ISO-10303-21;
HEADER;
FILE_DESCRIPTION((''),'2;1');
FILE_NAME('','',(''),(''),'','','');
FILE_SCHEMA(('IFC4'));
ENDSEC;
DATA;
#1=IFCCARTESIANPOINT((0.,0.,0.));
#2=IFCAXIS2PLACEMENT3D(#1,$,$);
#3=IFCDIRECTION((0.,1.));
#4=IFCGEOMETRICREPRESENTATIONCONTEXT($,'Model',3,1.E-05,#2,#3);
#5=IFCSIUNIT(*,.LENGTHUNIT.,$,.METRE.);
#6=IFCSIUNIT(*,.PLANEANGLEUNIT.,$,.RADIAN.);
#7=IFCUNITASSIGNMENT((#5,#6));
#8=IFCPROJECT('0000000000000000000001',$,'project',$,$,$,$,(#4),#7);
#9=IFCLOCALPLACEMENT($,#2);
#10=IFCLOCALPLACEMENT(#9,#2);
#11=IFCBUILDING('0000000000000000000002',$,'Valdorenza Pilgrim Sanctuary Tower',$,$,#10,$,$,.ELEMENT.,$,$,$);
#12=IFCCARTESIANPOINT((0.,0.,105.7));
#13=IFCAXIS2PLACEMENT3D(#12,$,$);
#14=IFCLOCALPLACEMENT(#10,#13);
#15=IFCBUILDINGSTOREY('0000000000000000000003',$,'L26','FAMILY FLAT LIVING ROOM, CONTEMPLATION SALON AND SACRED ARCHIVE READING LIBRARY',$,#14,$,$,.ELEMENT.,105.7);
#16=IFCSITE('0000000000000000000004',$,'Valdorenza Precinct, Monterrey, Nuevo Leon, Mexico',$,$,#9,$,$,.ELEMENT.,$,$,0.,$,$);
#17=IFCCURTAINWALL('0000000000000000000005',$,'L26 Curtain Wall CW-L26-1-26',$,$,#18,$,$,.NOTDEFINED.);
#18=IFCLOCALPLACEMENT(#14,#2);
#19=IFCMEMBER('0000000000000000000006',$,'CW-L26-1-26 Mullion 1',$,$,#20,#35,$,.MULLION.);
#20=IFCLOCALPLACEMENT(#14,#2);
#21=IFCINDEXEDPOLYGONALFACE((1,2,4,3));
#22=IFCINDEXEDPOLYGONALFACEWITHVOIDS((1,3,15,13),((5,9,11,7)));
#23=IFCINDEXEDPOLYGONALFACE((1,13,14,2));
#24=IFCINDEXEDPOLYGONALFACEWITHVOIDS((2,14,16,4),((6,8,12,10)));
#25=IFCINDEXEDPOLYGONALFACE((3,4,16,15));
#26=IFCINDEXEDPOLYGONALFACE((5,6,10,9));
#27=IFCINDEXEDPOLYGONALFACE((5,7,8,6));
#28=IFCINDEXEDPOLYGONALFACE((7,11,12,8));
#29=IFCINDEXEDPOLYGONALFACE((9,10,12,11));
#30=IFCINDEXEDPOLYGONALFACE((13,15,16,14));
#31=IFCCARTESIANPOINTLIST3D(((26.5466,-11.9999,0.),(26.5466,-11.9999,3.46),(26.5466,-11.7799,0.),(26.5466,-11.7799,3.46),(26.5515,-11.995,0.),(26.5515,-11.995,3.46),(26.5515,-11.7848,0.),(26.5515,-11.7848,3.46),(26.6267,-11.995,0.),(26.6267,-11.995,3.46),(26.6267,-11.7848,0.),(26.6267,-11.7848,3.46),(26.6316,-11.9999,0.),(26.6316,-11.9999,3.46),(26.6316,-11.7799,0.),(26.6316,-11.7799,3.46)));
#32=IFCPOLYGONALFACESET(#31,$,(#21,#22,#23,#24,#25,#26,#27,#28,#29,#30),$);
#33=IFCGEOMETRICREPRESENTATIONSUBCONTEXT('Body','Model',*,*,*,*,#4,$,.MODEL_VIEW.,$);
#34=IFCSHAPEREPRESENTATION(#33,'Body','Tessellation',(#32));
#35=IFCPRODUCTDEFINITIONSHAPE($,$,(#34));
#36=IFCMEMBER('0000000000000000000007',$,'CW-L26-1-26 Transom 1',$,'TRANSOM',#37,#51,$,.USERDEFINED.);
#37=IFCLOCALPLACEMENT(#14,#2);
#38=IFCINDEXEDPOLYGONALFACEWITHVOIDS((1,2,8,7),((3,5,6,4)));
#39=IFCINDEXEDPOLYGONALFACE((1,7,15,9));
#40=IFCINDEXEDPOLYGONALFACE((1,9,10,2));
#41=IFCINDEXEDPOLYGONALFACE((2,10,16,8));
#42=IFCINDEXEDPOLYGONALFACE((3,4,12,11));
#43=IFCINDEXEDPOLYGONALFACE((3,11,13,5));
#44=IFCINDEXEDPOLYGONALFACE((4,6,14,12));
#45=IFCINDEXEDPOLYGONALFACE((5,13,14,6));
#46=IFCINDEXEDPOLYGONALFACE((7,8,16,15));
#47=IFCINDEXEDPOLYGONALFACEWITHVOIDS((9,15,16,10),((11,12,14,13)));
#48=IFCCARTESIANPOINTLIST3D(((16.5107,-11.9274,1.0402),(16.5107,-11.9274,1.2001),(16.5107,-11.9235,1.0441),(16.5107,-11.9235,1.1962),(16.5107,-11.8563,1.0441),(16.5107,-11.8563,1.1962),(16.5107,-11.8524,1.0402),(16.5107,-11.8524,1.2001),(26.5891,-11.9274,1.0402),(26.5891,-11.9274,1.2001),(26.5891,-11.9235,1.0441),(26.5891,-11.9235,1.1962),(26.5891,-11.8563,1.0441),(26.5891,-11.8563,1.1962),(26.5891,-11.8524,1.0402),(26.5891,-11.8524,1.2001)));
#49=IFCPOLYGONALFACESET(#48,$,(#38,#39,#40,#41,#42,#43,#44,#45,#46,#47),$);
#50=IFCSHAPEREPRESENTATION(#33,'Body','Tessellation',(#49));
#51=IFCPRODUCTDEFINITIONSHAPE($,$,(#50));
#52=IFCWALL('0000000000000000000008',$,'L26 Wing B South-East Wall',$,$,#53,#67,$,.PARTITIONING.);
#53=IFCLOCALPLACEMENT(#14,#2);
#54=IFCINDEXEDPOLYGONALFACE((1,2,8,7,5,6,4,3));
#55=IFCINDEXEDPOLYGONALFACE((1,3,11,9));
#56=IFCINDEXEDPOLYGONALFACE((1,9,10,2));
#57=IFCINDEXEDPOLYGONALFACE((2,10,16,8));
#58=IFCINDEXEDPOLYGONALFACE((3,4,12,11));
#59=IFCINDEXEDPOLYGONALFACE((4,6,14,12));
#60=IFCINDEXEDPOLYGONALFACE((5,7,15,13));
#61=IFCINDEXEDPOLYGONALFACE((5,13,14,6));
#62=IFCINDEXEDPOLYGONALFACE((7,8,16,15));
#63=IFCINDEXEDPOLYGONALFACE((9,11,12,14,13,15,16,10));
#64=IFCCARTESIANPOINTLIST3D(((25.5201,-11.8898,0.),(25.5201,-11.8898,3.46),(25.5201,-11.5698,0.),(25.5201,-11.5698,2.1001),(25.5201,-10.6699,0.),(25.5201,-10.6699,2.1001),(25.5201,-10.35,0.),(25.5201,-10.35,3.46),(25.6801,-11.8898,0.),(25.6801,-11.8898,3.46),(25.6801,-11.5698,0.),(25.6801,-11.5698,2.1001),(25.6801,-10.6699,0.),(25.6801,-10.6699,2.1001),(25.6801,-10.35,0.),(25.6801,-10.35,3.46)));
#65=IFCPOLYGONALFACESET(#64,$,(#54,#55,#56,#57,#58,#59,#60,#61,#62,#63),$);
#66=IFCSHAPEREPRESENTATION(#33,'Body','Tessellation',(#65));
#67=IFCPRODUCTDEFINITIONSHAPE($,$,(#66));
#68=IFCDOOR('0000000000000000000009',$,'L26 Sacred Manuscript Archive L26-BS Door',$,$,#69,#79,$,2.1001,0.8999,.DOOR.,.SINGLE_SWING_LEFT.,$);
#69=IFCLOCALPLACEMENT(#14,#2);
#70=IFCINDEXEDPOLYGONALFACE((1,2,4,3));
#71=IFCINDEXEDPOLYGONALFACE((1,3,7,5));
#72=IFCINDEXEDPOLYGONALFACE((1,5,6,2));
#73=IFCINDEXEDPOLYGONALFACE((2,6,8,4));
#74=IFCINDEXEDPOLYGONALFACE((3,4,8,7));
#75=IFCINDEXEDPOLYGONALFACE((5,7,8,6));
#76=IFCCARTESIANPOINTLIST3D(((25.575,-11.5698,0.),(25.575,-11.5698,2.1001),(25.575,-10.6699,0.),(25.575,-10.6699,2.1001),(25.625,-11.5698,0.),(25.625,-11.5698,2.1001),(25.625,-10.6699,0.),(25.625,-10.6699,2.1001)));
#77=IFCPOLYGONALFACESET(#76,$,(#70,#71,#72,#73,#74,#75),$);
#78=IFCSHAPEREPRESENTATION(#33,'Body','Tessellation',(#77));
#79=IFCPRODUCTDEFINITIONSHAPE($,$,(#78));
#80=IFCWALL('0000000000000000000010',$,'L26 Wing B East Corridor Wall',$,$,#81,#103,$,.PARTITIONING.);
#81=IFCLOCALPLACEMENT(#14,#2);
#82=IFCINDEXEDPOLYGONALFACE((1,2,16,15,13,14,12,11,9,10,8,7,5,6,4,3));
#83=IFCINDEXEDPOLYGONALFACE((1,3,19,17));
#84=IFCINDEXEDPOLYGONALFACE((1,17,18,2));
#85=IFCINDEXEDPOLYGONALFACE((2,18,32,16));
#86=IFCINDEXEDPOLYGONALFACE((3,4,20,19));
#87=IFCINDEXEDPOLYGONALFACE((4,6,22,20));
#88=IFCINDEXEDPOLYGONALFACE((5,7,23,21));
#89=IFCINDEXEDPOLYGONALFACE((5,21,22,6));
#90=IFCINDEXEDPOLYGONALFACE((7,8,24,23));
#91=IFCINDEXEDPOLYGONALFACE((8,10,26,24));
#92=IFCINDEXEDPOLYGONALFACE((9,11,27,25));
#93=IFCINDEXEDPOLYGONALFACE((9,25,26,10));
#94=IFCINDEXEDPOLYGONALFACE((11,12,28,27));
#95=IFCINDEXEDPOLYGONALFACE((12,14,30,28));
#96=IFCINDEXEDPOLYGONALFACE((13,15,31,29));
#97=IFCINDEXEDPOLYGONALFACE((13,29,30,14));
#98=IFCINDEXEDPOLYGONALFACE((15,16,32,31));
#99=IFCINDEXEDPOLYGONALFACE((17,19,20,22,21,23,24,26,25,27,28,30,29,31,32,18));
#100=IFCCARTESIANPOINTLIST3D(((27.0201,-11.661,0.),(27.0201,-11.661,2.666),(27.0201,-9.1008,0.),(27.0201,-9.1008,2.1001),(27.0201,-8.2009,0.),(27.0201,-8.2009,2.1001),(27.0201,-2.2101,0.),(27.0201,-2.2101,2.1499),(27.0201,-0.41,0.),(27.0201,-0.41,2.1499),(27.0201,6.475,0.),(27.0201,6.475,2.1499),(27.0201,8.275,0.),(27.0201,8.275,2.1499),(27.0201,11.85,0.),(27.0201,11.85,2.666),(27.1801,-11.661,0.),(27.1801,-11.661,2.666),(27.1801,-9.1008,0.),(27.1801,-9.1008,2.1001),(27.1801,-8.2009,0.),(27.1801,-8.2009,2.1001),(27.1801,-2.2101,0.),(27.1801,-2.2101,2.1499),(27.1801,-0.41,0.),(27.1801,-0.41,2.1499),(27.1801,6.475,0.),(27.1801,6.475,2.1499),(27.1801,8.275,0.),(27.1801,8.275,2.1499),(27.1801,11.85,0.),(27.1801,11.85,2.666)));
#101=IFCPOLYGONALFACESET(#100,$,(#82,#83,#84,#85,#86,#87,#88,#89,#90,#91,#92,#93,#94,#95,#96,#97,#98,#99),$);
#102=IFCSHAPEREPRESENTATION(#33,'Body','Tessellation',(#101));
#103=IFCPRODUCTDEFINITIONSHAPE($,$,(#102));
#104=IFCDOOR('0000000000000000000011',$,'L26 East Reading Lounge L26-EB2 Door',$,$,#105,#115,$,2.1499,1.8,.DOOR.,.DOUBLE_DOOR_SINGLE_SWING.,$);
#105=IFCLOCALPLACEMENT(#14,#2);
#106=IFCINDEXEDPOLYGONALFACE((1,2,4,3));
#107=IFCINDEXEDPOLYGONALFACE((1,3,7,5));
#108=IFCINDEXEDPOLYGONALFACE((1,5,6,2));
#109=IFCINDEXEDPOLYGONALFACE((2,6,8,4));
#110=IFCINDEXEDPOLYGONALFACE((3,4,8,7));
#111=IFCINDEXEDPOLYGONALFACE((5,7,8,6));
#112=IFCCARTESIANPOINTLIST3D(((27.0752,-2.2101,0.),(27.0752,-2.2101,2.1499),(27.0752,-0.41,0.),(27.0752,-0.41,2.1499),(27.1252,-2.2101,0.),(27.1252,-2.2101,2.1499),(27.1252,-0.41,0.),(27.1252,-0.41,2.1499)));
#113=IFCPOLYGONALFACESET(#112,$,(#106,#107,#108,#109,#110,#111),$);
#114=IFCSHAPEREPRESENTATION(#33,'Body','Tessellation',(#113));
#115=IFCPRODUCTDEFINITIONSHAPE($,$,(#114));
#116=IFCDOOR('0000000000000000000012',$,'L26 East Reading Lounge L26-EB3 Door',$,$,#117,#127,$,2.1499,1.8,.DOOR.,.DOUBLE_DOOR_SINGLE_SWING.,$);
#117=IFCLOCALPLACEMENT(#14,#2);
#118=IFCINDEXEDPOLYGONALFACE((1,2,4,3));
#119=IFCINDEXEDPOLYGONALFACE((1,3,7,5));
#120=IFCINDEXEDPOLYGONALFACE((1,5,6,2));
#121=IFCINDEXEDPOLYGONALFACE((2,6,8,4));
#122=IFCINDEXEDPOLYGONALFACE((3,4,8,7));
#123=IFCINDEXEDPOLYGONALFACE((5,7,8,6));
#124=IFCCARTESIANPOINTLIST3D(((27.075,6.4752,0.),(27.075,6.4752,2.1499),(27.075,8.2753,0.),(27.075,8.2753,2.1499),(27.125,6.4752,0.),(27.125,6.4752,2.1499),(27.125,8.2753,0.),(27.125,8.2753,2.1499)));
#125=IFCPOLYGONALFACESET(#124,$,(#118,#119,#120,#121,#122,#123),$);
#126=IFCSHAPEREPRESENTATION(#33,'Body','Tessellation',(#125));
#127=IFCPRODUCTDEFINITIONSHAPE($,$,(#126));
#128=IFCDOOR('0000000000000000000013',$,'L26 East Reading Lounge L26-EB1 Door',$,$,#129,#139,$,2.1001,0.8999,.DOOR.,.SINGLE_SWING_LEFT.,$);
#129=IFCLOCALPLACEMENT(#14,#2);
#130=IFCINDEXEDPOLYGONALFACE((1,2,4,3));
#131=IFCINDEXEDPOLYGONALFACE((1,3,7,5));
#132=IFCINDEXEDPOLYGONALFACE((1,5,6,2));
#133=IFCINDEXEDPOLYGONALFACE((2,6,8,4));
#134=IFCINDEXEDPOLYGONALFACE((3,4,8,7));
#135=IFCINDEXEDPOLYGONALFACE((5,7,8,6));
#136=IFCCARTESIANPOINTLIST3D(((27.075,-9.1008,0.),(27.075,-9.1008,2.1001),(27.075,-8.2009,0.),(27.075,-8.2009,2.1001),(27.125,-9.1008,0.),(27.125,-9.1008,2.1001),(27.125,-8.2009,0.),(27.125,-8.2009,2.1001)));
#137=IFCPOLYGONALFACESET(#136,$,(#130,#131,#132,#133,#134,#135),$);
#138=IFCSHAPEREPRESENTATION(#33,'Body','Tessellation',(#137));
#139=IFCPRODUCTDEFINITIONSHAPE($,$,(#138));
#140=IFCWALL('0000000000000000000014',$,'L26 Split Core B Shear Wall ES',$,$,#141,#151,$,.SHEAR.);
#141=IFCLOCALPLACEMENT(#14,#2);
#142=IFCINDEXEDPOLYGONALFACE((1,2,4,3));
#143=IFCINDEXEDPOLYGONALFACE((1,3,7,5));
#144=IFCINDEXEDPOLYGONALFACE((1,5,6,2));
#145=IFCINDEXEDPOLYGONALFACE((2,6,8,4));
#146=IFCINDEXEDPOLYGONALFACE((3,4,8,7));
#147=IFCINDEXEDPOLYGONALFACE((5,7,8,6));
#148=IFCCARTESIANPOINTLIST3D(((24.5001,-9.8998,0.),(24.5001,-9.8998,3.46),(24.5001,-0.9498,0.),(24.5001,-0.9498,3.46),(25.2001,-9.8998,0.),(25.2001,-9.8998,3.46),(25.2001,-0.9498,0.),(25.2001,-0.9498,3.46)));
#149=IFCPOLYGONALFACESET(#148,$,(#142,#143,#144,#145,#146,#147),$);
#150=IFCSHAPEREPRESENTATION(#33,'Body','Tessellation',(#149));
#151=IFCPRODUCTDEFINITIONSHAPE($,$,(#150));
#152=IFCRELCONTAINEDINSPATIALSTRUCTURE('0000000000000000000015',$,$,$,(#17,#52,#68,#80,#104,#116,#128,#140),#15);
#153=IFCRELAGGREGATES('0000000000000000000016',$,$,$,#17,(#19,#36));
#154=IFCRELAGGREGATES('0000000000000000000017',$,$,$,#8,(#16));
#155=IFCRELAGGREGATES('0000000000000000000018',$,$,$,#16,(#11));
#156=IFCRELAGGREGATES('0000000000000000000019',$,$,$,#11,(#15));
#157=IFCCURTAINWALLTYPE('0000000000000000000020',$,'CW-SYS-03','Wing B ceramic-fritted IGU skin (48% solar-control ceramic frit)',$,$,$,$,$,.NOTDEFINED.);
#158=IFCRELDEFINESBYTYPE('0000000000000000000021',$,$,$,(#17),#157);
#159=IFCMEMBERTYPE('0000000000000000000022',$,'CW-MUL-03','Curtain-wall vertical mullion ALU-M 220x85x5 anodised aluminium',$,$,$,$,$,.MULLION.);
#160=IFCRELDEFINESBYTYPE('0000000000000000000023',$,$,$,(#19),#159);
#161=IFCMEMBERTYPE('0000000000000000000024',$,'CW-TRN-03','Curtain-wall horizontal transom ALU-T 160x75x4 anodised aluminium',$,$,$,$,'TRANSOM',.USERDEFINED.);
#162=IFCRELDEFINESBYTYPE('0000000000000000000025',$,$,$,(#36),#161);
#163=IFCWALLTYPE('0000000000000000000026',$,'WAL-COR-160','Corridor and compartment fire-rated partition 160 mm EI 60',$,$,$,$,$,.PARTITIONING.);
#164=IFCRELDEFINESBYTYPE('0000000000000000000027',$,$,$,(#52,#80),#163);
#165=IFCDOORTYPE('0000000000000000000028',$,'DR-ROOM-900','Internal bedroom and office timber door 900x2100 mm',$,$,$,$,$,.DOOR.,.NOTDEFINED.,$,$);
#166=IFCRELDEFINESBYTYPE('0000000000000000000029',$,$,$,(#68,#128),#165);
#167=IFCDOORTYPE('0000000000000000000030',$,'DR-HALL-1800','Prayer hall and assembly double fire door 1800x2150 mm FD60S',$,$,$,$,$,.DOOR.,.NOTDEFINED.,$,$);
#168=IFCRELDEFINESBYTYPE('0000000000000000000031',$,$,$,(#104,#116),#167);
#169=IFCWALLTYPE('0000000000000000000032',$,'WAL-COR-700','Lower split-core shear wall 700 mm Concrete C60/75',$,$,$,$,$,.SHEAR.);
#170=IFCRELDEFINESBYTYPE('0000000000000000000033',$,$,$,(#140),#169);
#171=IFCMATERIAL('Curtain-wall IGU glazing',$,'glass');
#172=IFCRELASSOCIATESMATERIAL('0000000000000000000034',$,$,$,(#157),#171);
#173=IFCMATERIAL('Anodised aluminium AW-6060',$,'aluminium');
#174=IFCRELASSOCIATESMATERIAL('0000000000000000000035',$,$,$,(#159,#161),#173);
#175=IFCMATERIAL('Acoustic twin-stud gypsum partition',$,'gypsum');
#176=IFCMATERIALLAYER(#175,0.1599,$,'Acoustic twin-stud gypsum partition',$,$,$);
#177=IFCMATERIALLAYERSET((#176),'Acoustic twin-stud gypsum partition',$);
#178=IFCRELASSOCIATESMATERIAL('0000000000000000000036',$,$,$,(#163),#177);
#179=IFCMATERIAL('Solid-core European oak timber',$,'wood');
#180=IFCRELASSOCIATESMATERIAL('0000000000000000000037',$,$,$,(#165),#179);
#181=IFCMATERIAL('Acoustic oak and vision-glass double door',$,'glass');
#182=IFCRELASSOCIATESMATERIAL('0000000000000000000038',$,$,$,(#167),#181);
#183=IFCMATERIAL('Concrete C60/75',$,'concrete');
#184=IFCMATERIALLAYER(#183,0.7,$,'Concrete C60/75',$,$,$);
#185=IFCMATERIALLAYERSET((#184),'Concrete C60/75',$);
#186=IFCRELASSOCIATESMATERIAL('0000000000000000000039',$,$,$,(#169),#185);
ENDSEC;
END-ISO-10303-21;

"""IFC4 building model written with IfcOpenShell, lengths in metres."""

from ifc_helpers import new_model, si_unit, direction, frame, frame_2d, origin, origin_2d, place, context, subcontext, project, spatial, rectangle, hollow_rectangle, extrude, source, transform, mapped, material, layer, layer_set, material_profile, profile_set, type_object, element, fill, aggregate, save


model = new_model("IFC4")

# Units and contexts
model_context = context("Model", 3, precision=1e-05, world=origin(), true_north=direction((0.0, 1.0)))
body_context = subcontext(model_context, "Body", "Model", "MODEL_VIEW")
ifc_project = project(units=[si_unit("LENGTHUNIT", "METRE"), si_unit("PLANEANGLEUNIT", "RADIAN")], contexts=[model_context])

# Site, building, storey
site_placement = place(None, origin())
site = spatial("IfcSite", under=ifc_project, at=site_placement, Name="Valdorenza Precinct, Monterrey, Nuevo Leon, Mexico", CompositionType="ELEMENT", RefElevation=0.0)
building_placement = place(site_placement, origin())
building = spatial("IfcBuilding", under=site, at=building_placement, Name="Valdorenza Pilgrim Sanctuary Tower", CompositionType="ELEMENT")
storey_placement = place(building_placement, frame((0.0, 0.0, 105.7)))
storey = spatial("IfcBuildingStorey", under=building, at=storey_placement, Name="L26", Description="FAMILY FLAT LIVING ROOM, CONTEMPLATION SALON AND SACRED ARCHIVE READING LIBRARY", CompositionType="ELEMENT", Elevation=105.7)

# Shared definitions
ifc_material_1 = material(Name="Concrete C60/75", Category="concrete")

# Shared definitions
ifc_material_2 = material(Name="Curtain-wall IGU glazing", Category="glass")
curtain_wall_type = type_object("IfcCurtainWallType", Name="CW-SYS-03", Description="Wing B ceramic-fritted IGU skin (48% solar-control ceramic frit)", PredefinedType="NOTDEFINED", material=ifc_material_2)
ifc_material_3 = material(Name="Anodised aluminium AW-6060", Category="aluminium")
ifc_material_profile_1 = material_profile(ifc_material_3, hollow_rectangle(XDim=0.085, YDim=0.22, WallThickness=0.0049, at=origin_2d()), Name="ALU-M 220x85x5")
ifc_profile_set_1 = profile_set([ifc_material_profile_1], Name="Anodised aluminium AW-6060")
member_type_1 = type_object("IfcMemberType", Name="CW-MUL-03", Description="Curtain-wall vertical mullion ALU-M 220x85x5 anodised aluminium", PredefinedType="MULLION", material=ifc_profile_set_1)
shared_shape_1 = source(origin(), body_context, "Body", "SweptSolid", [
    extrude(hollow_rectangle(XDim=0.085, YDim=0.22, WallThickness=0.0049, at=origin_2d()), origin(), (0.0, 0.0, 1.0), 3.46),
])

# Curtain wall, members
curtain_wall_1_placement = place(storey_placement, origin())
curtain_wall_1 = element("IfcCurtainWall", 1, at=curtain_wall_1_placement, inside=storey, type_object=curtain_wall_type, Name="L26 Curtain Wall CW-L26-1-26", PredefinedType="NOTDEFINED")
member_1_placement = place(storey_placement, frame((26.5891, -11.8899, 0.0), z_axis=(0.0, 0.0, 1.0), x_axis=(-1.0, 0.0, 0.0)))
member_1 = element("IfcMember", 2, at=member_1_placement, type_object=member_type_1, Name="CW-L26-1-26 Mullion 1", PredefinedType="MULLION", context=body_context, shape_type="MappedRepresentation", body=[
    mapped(shared_shape_1, transform((0.0, 0.0, 0.0), x_axis=(1.0, 0.0, 0.0), y_axis=(0.0, 1.0, 0.0), z_axis=(0.0, 0.0, 1.0), scale=1.0)),
])
ifc_material_profile_2 = material_profile(ifc_material_3, hollow_rectangle(XDim=0.075, YDim=0.1599, WallThickness=0.0039, at=origin_2d()), Name="ALU-T 160x75x4")
ifc_profile_set_2 = profile_set([ifc_material_profile_2], Name="Anodised aluminium AW-6060")
member_type_2 = type_object("IfcMemberType", Name="CW-TRN-03", Description="Curtain-wall horizontal transom ALU-T 160x75x4 anodised aluminium", ElementType="TRANSOM", PredefinedType="USERDEFINED", material=ifc_profile_set_2)
shared_shape_2 = source(origin(), body_context, "Body", "SweptSolid", [
    extrude(hollow_rectangle(XDim=0.075, YDim=0.1599, WallThickness=0.0039, at=origin_2d()), origin(), (0.0, 0.0, 1.0), 10.0784),
])
member_2_placement = place(storey_placement, frame((26.5891, -11.8899, 1.1201), z_axis=(-1.0, 0.0, 0.0), x_axis=(0.0, -1.0, 0.0)))
member_2 = element("IfcMember", 3, at=member_2_placement, type_object=member_type_2, Name="CW-L26-1-26 Transom 1", ObjectType="TRANSOM", PredefinedType="USERDEFINED", context=body_context, shape_type="MappedRepresentation", body=[
    mapped(shared_shape_2, transform((0.0, 0.0, 0.0), x_axis=(1.0, 0.0, 0.0), y_axis=(0.0, 1.0, 0.0), z_axis=(0.0, 0.0, 1.0), scale=1.0)),
])
aggregate(curtain_wall_1, [member_1, member_2])

# Wall, opening, door
ifc_material_4 = material(Name="Acoustic twin-stud gypsum partition", Category="gypsum")
ifc_layer_1 = layer(ifc_material_4, 0.1599, Name="Acoustic twin-stud gypsum partition")
ifc_layer_set_1 = layer_set([ifc_layer_1], Name="Acoustic twin-stud gypsum partition")
wall_type_1 = type_object("IfcWallType", Name="WAL-COR-160", Description="Corridor and compartment fire-rated partition 160 mm EI 60", PredefinedType="PARTITIONING", material=ifc_layer_set_1)
wall_1_placement = place(storey_placement, frame((25.6001, -11.8899, 0.0), z_axis=(0.0, 0.0, 1.0), x_axis=(0.0, 1.0, 0.0)))
wall_1 = element("IfcWall", 4, at=wall_1_placement, inside=storey, type_object=wall_type_1, Name="L26 Wing B South-East Wall", PredefinedType="PARTITIONING", context=body_context, shape_type="SweptSolid", body=[
    extrude(rectangle(XDim=1.5398, YDim=0.1599, at=frame_2d((0.77, 0.0))), origin(), (0.0, 0.0, 1.0), 3.46),
])
opening_1_placement = place(wall_1_placement, frame((0.3201, 0.0, 0.0)))
opening_1 = element("IfcOpeningElement", 5, at=opening_1_placement, cuts=wall_1, PredefinedType="OPENING", context=body_context, shape_type="SweptSolid", body=[
    extrude(rectangle(XDim=0.8999, YDim=2.1001, at=frame_2d((0.45, 1.05))), frame((0.0, 0.0947, 0.0), z_axis=(0.0, -1.0, 0.0), x_axis=(1.0, 0.0, 0.0)), (0.0, 0.0, 1.0), 0.1897),
])
ifc_material_5 = material(Name="Solid-core European oak timber", Category="wood")
door_type_1 = type_object("IfcDoorType", Name="DR-ROOM-900", Description="Internal bedroom and office timber door 900x2100 mm", OperationType="NOTDEFINED", PredefinedType="DOOR", material=ifc_material_5)
door_1_placement = place(opening_1_placement, frame((0.8999, 0.0, 0.0), z_axis=(0.0, 0.0, 1.0), x_axis=(-1.0, 0.0, 0.0)))
door_1 = element("IfcDoor", 6, at=door_1_placement, inside=storey, type_object=door_type_1, Name="L26 Sacred Manuscript Archive L26-BS Door", OperationType="SINGLE_SWING_LEFT", OverallHeight=2.1001, OverallWidth=0.8999, PredefinedType="DOOR", context=body_context, shape_type="SweptSolid", body=[
    extrude(rectangle(XDim=0.8999, YDim=2.1001, at=frame_2d((0.45, 1.05))), frame((0.0, 0.0249, 0.0), z_axis=(0.0, -1.0, 0.0), x_axis=(1.0, 0.0, 0.0)), (0.0, 0.0, 1.0), 0.05),
])
fill(opening_1, door_1)

# Wall, openings, doors
wall_2_placement = place(storey_placement, frame((27.1001, -11.6609, 0.0), z_axis=(0.0, 0.0, 1.0), x_axis=(0.0, 1.0, 0.0)))
wall_2 = element("IfcWall", 7, at=wall_2_placement, inside=storey, type_object=wall_type_1, Name="L26 Wing B East Corridor Wall", PredefinedType="PARTITIONING", context=body_context, shape_type="SweptSolid", body=[
    extrude(rectangle(XDim=23.511, YDim=0.1599, at=frame_2d((11.7554, 0.0))), origin(), (0.0, 0.0, 1.0), 2.666),
])
opening_2_placement = place(wall_2_placement, frame((2.5601, 0.0, 0.0)))
opening_2 = element("IfcOpeningElement", 8, at=opening_2_placement, cuts=wall_2, PredefinedType="OPENING", context=body_context, shape_type="SweptSolid", body=[
    extrude(rectangle(XDim=0.8999, YDim=2.1001, at=frame_2d((0.45, 1.05))), frame((0.0, 0.0947, 0.0), z_axis=(0.0, -1.0, 0.0), x_axis=(1.0, 0.0, 0.0)), (0.0, 0.0, 1.0), 0.1897),
])
opening_3_placement = place(wall_2_placement, frame((9.4509, 0.0, 0.0)))
opening_3 = element("IfcOpeningElement", 9, at=opening_3_placement, cuts=wall_2, PredefinedType="OPENING", context=body_context, shape_type="SweptSolid", body=[
    extrude(rectangle(XDim=1.8, YDim=2.1499, at=frame_2d((0.8999, 1.075))), frame((0.0, 0.0947, 0.0), z_axis=(0.0, -1.0, 0.0), x_axis=(1.0, 0.0, 0.0)), (0.0, 0.0, 1.0), 0.1897),
])
opening_4_placement = place(wall_2_placement, frame((18.136, 0.0, 0.0)))
opening_4 = element("IfcOpeningElement", 10, at=opening_4_placement, cuts=wall_2, PredefinedType="OPENING", context=body_context, shape_type="SweptSolid", body=[
    extrude(rectangle(XDim=1.8, YDim=2.1499, at=frame_2d((0.8999, 1.075))), frame((0.0, 0.0947, 0.0), z_axis=(0.0, -1.0, 0.0), x_axis=(1.0, 0.0, 0.0)), (0.0, 0.0, 1.0), 0.1897),
])
ifc_material_6 = material(Name="Acoustic oak and vision-glass double door", Category="glass")
door_type_2 = type_object("IfcDoorType", Name="DR-HALL-1800", Description="Prayer hall and assembly double fire door 1800x2150 mm FD60S", OperationType="NOTDEFINED", PredefinedType="DOOR", material=ifc_material_6)
door_2_placement = place(opening_3_placement, origin())
door_2 = element("IfcDoor", 11, at=door_2_placement, inside=storey, type_object=door_type_2, Name="L26 East Reading Lounge L26-EB2 Door", OperationType="DOUBLE_DOOR_SINGLE_SWING", OverallHeight=2.1499, OverallWidth=1.8, PredefinedType="DOOR", context=body_context, shape_type="SweptSolid", body=[
    extrude(rectangle(XDim=1.8, YDim=2.1499, at=frame_2d((0.8999, 1.075))), frame((0.0, 0.0249, 0.0), z_axis=(0.0, -1.0, 0.0), x_axis=(1.0, 0.0, 0.0)), (0.0, 0.0, 1.0), 0.05),
])
fill(opening_3, door_2)
door_3_placement = place(opening_4_placement, frame((1.8, 0.0, 0.0), z_axis=(0.0, 0.0, 1.0), x_axis=(-1.0, 0.0, 0.0)))
door_3 = element("IfcDoor", 12, at=door_3_placement, inside=storey, type_object=door_type_2, Name="L26 East Reading Lounge L26-EB3 Door", OperationType="DOUBLE_DOOR_SINGLE_SWING", OverallHeight=2.1499, OverallWidth=1.8, PredefinedType="DOOR", context=body_context, shape_type="SweptSolid", body=[
    extrude(rectangle(XDim=1.8, YDim=2.1499, at=frame_2d((0.8999, 1.075))), frame((0.0, 0.0249, 0.0), z_axis=(0.0, -1.0, 0.0), x_axis=(1.0, 0.0, 0.0)), (0.0, 0.0, 1.0), 0.05),
])
fill(opening_4, door_3)
door_4_placement = place(opening_2_placement, frame((0.8999, 0.0, 0.0), z_axis=(0.0, 0.0, 1.0), x_axis=(-1.0, 0.0, 0.0)))
door_4 = element("IfcDoor", 13, at=door_4_placement, inside=storey, type_object=door_type_1, Name="L26 East Reading Lounge L26-EB1 Door", OperationType="SINGLE_SWING_LEFT", OverallHeight=2.1001, OverallWidth=0.8999, PredefinedType="DOOR", context=body_context, shape_type="SweptSolid", body=[
    extrude(rectangle(XDim=0.8999, YDim=2.1001, at=frame_2d((0.45, 1.05))), frame((0.0, 0.0249, 0.0), z_axis=(0.0, -1.0, 0.0), x_axis=(1.0, 0.0, 0.0)), (0.0, 0.0, 1.0), 0.05),
])
fill(opening_2, door_4)

# Wall
ifc_layer_2 = layer(ifc_material_1, 0.7, Name="Concrete C60/75")
ifc_layer_set_2 = layer_set([ifc_layer_2], Name="Concrete C60/75")
wall_type_2 = type_object("IfcWallType", Name="WAL-COR-700", Description="Lower split-core shear wall 700 mm Concrete C60/75", PredefinedType="SHEAR", material=ifc_layer_set_2)
wall_3_placement = place(storey_placement, frame((24.8501, -9.8999, 0.0), z_axis=(0.0, 0.0, 1.0), x_axis=(0.0, 1.0, 0.0)))
element("IfcWall", 14, at=wall_3_placement, inside=storey, type_object=wall_type_2, Name="L26 Split Core B Shear Wall ES", PredefinedType="SHEAR", context=body_context, shape_type="SweptSolid", body=[
    extrude(rectangle(XDim=8.95, YDim=0.7, at=frame_2d((4.4751, 0.0))), origin(), (0.0, 0.0, 1.0), 3.46),
])

save(model, "model.ifc")
